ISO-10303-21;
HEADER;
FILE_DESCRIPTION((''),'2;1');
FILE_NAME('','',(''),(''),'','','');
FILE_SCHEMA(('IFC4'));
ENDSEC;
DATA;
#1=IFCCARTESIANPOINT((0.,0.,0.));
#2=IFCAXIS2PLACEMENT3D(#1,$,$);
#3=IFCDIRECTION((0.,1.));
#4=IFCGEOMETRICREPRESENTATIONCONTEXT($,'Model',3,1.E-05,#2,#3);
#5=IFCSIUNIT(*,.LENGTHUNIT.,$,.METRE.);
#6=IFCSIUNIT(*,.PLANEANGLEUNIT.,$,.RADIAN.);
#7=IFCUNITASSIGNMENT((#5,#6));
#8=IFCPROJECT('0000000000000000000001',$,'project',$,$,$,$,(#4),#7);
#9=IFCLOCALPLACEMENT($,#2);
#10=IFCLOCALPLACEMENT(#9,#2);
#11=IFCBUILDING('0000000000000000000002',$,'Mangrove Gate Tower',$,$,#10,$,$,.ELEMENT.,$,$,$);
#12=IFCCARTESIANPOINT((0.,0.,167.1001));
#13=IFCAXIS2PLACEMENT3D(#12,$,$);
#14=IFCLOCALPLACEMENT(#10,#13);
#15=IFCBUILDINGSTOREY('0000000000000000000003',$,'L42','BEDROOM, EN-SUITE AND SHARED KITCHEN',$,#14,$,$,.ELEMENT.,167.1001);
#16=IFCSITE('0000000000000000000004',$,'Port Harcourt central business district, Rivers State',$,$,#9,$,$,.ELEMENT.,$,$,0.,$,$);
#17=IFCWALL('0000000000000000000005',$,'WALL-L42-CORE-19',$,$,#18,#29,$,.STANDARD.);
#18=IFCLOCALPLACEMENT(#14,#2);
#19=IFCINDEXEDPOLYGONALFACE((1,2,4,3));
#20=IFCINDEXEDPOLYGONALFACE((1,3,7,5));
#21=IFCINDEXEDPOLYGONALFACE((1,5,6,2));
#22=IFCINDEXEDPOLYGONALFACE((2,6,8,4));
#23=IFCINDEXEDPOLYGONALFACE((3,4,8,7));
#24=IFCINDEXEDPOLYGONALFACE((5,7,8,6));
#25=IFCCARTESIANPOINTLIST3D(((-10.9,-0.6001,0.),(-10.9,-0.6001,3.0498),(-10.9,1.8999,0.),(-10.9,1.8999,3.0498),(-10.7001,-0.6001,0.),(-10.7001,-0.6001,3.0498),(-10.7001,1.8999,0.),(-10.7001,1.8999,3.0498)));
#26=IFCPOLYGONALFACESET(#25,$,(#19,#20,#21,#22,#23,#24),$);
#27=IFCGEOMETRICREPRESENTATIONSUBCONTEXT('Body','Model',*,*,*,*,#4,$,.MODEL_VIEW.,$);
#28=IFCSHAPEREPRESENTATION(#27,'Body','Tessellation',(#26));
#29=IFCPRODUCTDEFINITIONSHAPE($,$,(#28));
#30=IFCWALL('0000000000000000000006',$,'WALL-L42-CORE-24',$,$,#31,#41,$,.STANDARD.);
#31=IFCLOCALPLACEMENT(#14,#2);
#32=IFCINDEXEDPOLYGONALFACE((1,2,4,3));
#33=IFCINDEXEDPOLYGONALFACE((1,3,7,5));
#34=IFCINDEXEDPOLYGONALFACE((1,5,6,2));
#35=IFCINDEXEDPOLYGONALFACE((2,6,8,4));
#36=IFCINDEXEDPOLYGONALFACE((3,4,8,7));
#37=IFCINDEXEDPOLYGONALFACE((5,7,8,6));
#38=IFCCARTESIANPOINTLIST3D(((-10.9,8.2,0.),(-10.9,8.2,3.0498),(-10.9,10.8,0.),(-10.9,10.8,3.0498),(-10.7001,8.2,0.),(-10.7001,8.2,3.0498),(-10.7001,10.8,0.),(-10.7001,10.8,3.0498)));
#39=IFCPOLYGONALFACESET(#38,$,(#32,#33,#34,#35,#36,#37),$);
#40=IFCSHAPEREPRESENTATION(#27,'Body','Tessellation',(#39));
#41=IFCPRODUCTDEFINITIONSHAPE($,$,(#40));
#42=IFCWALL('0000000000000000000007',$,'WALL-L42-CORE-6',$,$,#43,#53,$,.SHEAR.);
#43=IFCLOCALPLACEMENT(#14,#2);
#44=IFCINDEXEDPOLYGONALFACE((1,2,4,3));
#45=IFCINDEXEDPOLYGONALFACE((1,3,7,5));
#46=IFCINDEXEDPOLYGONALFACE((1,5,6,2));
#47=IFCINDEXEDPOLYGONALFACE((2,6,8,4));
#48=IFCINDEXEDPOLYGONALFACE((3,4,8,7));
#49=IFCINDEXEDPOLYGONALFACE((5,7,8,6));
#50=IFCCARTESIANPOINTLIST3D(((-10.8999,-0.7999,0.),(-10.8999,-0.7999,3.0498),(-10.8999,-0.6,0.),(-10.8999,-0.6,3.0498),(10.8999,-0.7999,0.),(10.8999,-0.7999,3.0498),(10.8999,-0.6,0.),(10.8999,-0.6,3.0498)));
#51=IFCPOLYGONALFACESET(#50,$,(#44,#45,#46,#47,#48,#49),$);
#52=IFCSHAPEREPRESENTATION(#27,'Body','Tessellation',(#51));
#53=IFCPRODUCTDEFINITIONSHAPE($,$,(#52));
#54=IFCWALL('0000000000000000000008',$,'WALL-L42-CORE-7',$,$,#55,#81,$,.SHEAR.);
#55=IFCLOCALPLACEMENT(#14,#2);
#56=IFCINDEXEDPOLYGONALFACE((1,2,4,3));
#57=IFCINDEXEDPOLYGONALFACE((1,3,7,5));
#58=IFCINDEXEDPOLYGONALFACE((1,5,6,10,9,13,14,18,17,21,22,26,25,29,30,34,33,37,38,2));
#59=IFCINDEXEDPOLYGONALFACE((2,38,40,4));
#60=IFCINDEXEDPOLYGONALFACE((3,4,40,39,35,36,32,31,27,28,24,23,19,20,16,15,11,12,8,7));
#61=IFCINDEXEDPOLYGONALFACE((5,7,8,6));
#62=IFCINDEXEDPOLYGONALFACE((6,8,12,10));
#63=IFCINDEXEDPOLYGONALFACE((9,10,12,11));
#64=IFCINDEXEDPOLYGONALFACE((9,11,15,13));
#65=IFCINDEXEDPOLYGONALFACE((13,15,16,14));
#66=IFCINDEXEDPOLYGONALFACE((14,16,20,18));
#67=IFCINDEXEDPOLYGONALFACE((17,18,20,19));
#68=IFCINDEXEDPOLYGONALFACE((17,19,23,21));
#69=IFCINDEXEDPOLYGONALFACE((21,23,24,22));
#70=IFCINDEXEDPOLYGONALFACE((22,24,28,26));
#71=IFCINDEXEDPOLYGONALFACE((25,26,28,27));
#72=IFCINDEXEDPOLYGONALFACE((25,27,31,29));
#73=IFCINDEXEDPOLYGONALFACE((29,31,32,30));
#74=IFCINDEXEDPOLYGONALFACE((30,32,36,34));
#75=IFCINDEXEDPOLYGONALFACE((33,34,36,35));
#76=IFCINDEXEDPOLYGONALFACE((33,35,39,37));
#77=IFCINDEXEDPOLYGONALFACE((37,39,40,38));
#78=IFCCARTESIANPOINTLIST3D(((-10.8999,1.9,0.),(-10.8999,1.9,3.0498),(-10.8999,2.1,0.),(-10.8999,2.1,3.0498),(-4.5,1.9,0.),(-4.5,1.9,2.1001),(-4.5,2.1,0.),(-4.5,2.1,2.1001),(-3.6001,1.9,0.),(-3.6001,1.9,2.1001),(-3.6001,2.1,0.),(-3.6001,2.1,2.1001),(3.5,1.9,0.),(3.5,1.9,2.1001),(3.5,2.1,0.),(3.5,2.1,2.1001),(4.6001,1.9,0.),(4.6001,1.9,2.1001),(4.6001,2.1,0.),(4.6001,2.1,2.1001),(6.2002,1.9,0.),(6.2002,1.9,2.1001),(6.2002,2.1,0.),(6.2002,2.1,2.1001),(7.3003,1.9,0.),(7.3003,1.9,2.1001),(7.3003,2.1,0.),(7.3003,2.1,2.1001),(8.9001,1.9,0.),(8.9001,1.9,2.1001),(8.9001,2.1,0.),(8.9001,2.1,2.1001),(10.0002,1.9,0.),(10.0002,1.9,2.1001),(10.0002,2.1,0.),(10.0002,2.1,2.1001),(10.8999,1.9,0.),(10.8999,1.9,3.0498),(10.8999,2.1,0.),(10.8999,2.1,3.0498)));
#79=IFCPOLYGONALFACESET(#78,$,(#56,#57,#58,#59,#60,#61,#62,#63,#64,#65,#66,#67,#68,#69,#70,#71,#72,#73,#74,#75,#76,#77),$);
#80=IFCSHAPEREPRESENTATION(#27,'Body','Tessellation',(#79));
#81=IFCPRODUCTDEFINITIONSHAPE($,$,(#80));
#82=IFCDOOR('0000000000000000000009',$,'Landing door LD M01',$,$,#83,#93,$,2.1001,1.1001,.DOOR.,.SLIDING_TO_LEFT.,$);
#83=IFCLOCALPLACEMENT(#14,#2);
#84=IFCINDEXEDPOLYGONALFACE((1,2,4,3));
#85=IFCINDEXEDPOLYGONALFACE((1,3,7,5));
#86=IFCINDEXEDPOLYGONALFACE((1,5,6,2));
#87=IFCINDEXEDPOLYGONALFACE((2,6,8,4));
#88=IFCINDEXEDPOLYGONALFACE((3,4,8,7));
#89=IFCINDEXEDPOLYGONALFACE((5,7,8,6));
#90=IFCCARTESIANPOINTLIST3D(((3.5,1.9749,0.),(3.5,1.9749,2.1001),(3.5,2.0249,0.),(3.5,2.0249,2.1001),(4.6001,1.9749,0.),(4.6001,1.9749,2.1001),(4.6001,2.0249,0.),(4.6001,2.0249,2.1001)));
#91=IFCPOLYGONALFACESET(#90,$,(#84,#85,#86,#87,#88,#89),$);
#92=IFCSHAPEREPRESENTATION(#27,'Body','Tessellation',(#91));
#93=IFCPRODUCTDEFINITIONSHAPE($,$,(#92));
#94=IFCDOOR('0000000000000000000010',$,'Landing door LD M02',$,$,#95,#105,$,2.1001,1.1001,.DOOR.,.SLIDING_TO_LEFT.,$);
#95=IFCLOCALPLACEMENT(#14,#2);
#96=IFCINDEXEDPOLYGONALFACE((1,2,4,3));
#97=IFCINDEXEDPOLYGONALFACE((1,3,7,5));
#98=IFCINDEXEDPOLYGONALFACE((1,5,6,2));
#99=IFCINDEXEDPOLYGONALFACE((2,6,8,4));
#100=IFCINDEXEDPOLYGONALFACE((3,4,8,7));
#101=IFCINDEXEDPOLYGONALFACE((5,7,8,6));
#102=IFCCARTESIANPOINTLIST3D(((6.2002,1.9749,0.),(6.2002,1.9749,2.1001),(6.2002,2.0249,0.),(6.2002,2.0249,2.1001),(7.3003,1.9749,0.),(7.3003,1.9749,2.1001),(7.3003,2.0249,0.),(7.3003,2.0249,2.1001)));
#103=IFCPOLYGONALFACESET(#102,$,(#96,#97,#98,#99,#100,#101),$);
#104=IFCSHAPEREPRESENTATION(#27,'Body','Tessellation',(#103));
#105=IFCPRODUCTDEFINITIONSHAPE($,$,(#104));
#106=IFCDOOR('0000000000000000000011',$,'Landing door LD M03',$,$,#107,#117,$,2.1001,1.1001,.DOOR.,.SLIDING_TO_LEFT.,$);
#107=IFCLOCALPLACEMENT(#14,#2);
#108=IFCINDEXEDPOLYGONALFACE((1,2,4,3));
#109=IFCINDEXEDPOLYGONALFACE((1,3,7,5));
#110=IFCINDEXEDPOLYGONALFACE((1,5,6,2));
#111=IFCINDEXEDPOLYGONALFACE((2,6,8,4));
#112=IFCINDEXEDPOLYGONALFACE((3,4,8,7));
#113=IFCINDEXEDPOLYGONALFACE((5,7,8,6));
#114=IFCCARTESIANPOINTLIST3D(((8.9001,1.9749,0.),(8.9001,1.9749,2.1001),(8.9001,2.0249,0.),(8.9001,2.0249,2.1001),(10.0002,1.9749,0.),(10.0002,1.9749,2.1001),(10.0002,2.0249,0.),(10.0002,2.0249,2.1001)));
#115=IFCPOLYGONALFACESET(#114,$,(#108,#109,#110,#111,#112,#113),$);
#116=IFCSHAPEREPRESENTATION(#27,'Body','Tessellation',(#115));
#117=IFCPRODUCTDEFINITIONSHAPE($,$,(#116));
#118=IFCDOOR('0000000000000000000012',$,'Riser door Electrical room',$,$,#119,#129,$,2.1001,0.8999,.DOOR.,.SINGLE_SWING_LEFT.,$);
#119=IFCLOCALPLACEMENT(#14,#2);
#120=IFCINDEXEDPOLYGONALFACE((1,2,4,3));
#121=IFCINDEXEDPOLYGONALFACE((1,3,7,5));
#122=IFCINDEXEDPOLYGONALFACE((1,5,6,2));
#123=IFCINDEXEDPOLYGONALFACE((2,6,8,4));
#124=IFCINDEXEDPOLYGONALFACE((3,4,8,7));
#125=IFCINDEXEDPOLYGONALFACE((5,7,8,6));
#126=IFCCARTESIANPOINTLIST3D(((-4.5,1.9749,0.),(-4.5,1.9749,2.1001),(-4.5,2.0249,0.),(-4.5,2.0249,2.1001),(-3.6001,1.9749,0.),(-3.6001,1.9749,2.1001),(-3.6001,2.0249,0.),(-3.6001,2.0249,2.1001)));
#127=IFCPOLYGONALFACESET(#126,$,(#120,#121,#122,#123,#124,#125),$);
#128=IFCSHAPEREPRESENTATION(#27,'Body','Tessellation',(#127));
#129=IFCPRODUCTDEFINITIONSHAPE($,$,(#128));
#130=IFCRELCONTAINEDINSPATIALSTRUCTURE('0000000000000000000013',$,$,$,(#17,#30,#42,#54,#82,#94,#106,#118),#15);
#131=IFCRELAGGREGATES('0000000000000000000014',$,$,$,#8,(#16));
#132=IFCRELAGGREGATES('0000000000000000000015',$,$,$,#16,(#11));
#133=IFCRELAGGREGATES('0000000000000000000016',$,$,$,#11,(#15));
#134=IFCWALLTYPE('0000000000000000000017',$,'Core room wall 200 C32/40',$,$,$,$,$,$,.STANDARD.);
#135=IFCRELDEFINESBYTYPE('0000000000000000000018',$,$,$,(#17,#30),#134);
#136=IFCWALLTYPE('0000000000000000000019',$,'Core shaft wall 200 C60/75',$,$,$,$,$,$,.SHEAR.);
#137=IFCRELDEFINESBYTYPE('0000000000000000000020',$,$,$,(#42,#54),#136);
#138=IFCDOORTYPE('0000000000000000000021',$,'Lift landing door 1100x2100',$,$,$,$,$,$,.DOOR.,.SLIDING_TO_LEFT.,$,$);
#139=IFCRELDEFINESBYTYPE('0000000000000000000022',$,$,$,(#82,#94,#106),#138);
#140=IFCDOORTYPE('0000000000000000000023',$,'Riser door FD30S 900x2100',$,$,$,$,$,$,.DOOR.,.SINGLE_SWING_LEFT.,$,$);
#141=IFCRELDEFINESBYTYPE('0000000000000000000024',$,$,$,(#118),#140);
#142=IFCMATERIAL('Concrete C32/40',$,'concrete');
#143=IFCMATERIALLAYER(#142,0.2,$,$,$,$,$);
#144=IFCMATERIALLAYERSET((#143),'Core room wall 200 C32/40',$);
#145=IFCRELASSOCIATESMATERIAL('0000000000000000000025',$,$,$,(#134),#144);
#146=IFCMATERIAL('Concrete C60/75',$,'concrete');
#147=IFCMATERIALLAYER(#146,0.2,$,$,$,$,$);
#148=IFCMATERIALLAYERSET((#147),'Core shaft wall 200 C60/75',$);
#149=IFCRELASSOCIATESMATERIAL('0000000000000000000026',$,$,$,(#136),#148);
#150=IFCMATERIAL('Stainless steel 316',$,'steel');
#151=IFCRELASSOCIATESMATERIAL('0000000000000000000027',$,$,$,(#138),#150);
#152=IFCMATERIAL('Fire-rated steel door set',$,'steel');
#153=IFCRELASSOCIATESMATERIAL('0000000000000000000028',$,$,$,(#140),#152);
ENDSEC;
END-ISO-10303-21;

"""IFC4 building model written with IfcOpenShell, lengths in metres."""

from ifc_helpers import new_model, si_unit, direction, frame, frame_2d, origin, place, context, subcontext, project, spatial, rectangle, extrude, material, layer, layer_set, type_object, element, fill, save


model = new_model("IFC4")

# Units and contexts
model_context = context("Model", 3, precision=1e-05, world=origin(), true_north=direction((0.0, 1.0)))
body_context = subcontext(model_context, "Body", "Model", "MODEL_VIEW")
ifc_project = project(units=[si_unit("LENGTHUNIT", "METRE"), si_unit("PLANEANGLEUNIT", "RADIAN")], contexts=[model_context])

# Site, building, storey
site_placement = place(None, origin())
site = spatial("IfcSite", under=ifc_project, at=site_placement, Name="Port Harcourt central business district, Rivers State", CompositionType="ELEMENT", RefElevation=0.0)
building_placement = place(site_placement, origin())
building = spatial("IfcBuilding", under=site, at=building_placement, Name="Mangrove Gate Tower", CompositionType="ELEMENT")
storey_placement = place(building_placement, frame((0.0, 0.0, 167.1001)))
storey = spatial("IfcBuildingStorey", under=building, at=storey_placement, Name="L42", Description="BEDROOM, EN-SUITE AND SHARED KITCHEN", CompositionType="ELEMENT", Elevation=167.1001)

# Walls
ifc_material_1 = material(Name="Concrete C32/40", Category="concrete")
ifc_layer_1 = layer(ifc_material_1, 0.2)
ifc_layer_set_1 = layer_set([ifc_layer_1], Name="Core room wall 200 C32/40")
wall_type_1 = type_object("IfcWallType", Name="Core room wall 200 C32/40", PredefinedType="STANDARD", material=ifc_layer_set_1)
wall_1_placement = place(storey_placement, frame((-10.8, -0.6001, 0.0), z_axis=(0.0, 0.0, 1.0), x_axis=(0.0, 1.0, 0.0)))
element("IfcWall", 1, at=wall_1_placement, inside=storey, type_object=wall_type_1, Name="WALL-L42-CORE-19", PredefinedType="STANDARD", context=body_context, shape_type="SweptSolid", body=[
    extrude(rectangle(XDim=2.5, YDim=0.2, at=frame_2d((1.25, 0.0))), origin(), (0.0, 0.0, 1.0), 3.0498),
])
wall_2_placement = place(storey_placement, frame((-10.8, 8.2, 0.0), z_axis=(0.0, 0.0, 1.0), x_axis=(0.0, 1.0, 0.0)))
element("IfcWall", 2, at=wall_2_placement, inside=storey, type_object=wall_type_1, Name="WALL-L42-CORE-24", PredefinedType="STANDARD", context=body_context, shape_type="SweptSolid", body=[
    extrude(rectangle(XDim=2.6001, YDim=0.2, at=frame_2d((1.3, 0.0))), origin(), (0.0, 0.0, 1.0), 3.0498),
])
ifc_material_2 = material(Name="Concrete C60/75", Category="concrete")
ifc_layer_2 = layer(ifc_material_2, 0.2)
ifc_layer_set_2 = layer_set([ifc_layer_2], Name="Core shaft wall 200 C60/75")
wall_type_2 = type_object("IfcWallType", Name="Core shaft wall 200 C60/75", PredefinedType="SHEAR", material=ifc_layer_set_2)
wall_3_placement = place(storey_placement, frame((-10.8999, -0.7, 0.0), z_axis=(0.0, 0.0, 1.0), x_axis=(1.0, 0.0, 0.0)))
element("IfcWall", 3, at=wall_3_placement, inside=storey, type_object=wall_type_2, Name="WALL-L42-CORE-6", PredefinedType="SHEAR", context=body_context, shape_type="SweptSolid", body=[
    extrude(rectangle(XDim=21.7998, YDim=0.2, at=frame_2d((10.8999, 0.0))), origin(), (0.0, 0.0, 1.0), 3.0498),
])

# Wall, openings, doors
wall_4_placement = place(storey_placement, frame((-10.8999, 2.0, 0.0), z_axis=(0.0, 0.0, 1.0), x_axis=(1.0, 0.0, 0.0)))
wall_4 = element("IfcWall", 4, at=wall_4_placement, inside=storey, type_object=wall_type_2, Name="WALL-L42-CORE-7", PredefinedType="SHEAR", context=body_context, shape_type="SweptSolid", body=[
    extrude(rectangle(XDim=21.7998, YDim=0.2, at=frame_2d((10.8999, 0.0))), origin(), (0.0, 0.0, 1.0), 3.0498),
])
opening_1_placement = place(wall_4_placement, frame((14.3999, 0.0, 0.0)))
opening_1 = element("IfcOpeningElement", 5, at=opening_1_placement, cuts=wall_4, PredefinedType="OPENING", context=body_context, shape_type="SweptSolid", body=[
    extrude(rectangle(XDim=1.1001, YDim=2.1001, at=frame_2d((0.55, 1.05))), frame((0.0, 0.1099, 0.0), z_axis=(0.0, -1.0, 0.0), x_axis=(1.0, 0.0, 0.0)), (0.0, 0.0, 1.0), 0.22),
])
opening_2_placement = place(wall_4_placement, frame((17.1001, 0.0, 0.0)))
opening_2 = element("IfcOpeningElement", 6, at=opening_2_placement, cuts=wall_4, PredefinedType="OPENING", context=body_context, shape_type="SweptSolid", body=[
    extrude(rectangle(XDim=1.1001, YDim=2.1001, at=frame_2d((0.55, 1.05))), frame((0.0, 0.1099, 0.0), z_axis=(0.0, -1.0, 0.0), x_axis=(1.0, 0.0, 0.0)), (0.0, 0.0, 1.0), 0.22),
])
opening_3_placement = place(wall_4_placement, frame((19.8, 0.0, 0.0)))
opening_3 = element("IfcOpeningElement", 7, at=opening_3_placement, cuts=wall_4, PredefinedType="OPENING", context=body_context, shape_type="SweptSolid", body=[
    extrude(rectangle(XDim=1.1001, YDim=2.1001, at=frame_2d((0.55, 1.05))), frame((0.0, 0.1099, 0.0), z_axis=(0.0, -1.0, 0.0), x_axis=(1.0, 0.0, 0.0)), (0.0, 0.0, 1.0), 0.22),
])
opening_4_placement = place(wall_4_placement, frame((6.3999, 0.0, 0.0)))
opening_4 = element("IfcOpeningElement", 8, at=opening_4_placement, cuts=wall_4, PredefinedType="OPENING", context=body_context, shape_type="SweptSolid", body=[
    extrude(rectangle(XDim=0.8999, YDim=2.1001, at=frame_2d((0.45, 1.05))), frame((0.0, 0.1099, 0.0), z_axis=(0.0, -1.0, 0.0), x_axis=(1.0, 0.0, 0.0)), (0.0, 0.0, 1.0), 0.22),
])
ifc_material_3 = material(Name="Stainless steel 316", Category="steel")
door_type_1 = type_object("IfcDoorType", Name="Lift landing door 1100x2100", OperationType="SLIDING_TO_LEFT", PredefinedType="DOOR", material=ifc_material_3)
door_1_placement = place(opening_1_placement, origin())
door_1 = element("IfcDoor", 9, at=door_1_placement, inside=storey, type_object=door_type_1, Name="Landing door LD M01", OperationType="SLIDING_TO_LEFT", OverallHeight=2.1001, OverallWidth=1.1001, PredefinedType="DOOR", context=body_context, shape_type="SweptSolid", body=[
    extrude(rectangle(XDim=1.1001, YDim=2.1001, at=frame_2d((0.55, 1.05))), frame((0.0, 0.0249, 0.0), z_axis=(0.0, -1.0, 0.0), x_axis=(1.0, 0.0, 0.0)), (0.0, 0.0, 1.0), 0.05),
])
fill(opening_1, door_1)
door_2_placement = place(opening_2_placement, origin())
door_2 = element("IfcDoor", 10, at=door_2_placement, inside=storey, type_object=door_type_1, Name="Landing door LD M02", OperationType="SLIDING_TO_LEFT", OverallHeight=2.1001, OverallWidth=1.1001, PredefinedType="DOOR", context=body_context, shape_type="SweptSolid", body=[
    extrude(rectangle(XDim=1.1001, YDim=2.1001, at=frame_2d((0.55, 1.05))), frame((0.0, 0.0249, 0.0), z_axis=(0.0, -1.0, 0.0), x_axis=(1.0, 0.0, 0.0)), (0.0, 0.0, 1.0), 0.05),
])
fill(opening_2, door_2)
door_3_placement = place(opening_3_placement, origin())
door_3 = element("IfcDoor", 11, at=door_3_placement, inside=storey, type_object=door_type_1, Name="Landing door LD M03", OperationType="SLIDING_TO_LEFT", OverallHeight=2.1001, OverallWidth=1.1001, PredefinedType="DOOR", context=body_context, shape_type="SweptSolid", body=[
    extrude(rectangle(XDim=1.1001, YDim=2.1001, at=frame_2d((0.55, 1.05))), frame((0.0, 0.0249, 0.0), z_axis=(0.0, -1.0, 0.0), x_axis=(1.0, 0.0, 0.0)), (0.0, 0.0, 1.0), 0.05),
])
fill(opening_3, door_3)
ifc_material_4 = material(Name="Fire-rated steel door set", Category="steel")
door_type_2 = type_object("IfcDoorType", Name="Riser door FD30S 900x2100", OperationType="SINGLE_SWING_LEFT", PredefinedType="DOOR", material=ifc_material_4)
door_4_placement = place(opening_4_placement, origin())
door_4 = element("IfcDoor", 12, at=door_4_placement, inside=storey, type_object=door_type_2, Name="Riser door Electrical room", OperationType="SINGLE_SWING_LEFT", OverallHeight=2.1001, OverallWidth=0.8999, PredefinedType="DOOR", context=body_context, shape_type="SweptSolid", body=[
    extrude(rectangle(XDim=0.8999, YDim=2.1001, at=frame_2d((0.45, 1.05))), frame((0.0, 0.0249, 0.0), z_axis=(0.0, -1.0, 0.0), x_axis=(1.0, 0.0, 0.0)), (0.0, 0.0, 1.0), 0.05),
])
fill(opening_4, door_4)

save(model, "model.ifc")
